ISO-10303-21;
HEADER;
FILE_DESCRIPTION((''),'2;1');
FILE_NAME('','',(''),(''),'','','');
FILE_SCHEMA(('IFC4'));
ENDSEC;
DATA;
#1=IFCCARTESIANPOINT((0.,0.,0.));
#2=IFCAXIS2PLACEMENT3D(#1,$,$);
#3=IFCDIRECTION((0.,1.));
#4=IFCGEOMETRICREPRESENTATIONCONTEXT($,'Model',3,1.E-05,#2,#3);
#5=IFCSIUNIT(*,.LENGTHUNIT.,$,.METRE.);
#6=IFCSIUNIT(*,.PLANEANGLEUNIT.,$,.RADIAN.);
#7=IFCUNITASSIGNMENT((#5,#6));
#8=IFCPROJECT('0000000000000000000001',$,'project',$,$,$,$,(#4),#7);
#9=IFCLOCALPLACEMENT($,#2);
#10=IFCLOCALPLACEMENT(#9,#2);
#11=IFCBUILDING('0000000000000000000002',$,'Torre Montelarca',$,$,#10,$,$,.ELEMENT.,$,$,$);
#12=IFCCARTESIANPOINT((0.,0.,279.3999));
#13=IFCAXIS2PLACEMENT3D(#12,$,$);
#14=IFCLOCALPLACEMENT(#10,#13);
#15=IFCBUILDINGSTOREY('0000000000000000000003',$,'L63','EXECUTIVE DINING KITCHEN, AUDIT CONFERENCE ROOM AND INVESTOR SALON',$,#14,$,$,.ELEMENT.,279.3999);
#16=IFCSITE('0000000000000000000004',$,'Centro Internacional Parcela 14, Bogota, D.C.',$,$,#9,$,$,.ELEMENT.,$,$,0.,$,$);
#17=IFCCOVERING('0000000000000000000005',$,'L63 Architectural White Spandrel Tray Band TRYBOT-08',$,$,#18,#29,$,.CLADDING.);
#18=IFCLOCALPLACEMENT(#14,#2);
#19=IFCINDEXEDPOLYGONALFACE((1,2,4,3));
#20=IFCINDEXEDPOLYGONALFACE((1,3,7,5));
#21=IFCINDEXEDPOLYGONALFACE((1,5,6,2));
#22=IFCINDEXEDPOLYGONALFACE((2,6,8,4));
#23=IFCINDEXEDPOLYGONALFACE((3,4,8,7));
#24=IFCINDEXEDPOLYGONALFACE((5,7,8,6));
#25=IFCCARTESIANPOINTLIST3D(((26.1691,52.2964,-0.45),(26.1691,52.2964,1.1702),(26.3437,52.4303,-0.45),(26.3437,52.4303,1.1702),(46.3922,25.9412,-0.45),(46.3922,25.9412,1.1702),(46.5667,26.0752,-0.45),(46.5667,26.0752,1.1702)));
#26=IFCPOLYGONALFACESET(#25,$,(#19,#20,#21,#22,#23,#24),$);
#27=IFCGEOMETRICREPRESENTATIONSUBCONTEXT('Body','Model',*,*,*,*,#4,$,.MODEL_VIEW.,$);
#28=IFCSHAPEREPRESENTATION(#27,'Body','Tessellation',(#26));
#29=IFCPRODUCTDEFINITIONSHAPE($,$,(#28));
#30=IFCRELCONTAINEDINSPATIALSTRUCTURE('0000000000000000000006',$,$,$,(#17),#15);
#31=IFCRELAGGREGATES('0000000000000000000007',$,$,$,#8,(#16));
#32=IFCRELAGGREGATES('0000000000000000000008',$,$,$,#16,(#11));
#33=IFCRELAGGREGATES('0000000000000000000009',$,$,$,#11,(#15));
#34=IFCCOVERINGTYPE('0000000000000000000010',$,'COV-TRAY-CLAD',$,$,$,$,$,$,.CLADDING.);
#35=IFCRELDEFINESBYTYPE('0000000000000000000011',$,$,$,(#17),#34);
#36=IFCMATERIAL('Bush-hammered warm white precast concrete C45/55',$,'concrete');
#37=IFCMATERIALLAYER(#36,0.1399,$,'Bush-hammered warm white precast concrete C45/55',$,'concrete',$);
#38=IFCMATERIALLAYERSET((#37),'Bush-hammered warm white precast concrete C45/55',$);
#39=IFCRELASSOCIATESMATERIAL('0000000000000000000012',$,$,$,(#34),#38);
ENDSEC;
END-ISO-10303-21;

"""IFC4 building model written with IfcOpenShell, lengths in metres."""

from ifc_helpers import new_model, si_unit, direction, frame, origin, origin_2d, place, context, subcontext, project, spatial, rectangle, extrude, source, transform, mapped, material, layer, layer_set, type_object, element, save


model = new_model("IFC4")

# Units and contexts
model_context = context("Model", 3, precision=1e-05, world=origin(), true_north=direction((0.0, 1.0)))
body_context = subcontext(model_context, "Body", "Model", "MODEL_VIEW")
ifc_project = project(units=[si_unit("LENGTHUNIT", "METRE"), si_unit("PLANEANGLEUNIT", "RADIAN")], contexts=[model_context])

# Site, building, storey
site_placement = place(None, origin())
site = spatial("IfcSite", under=ifc_project, at=site_placement, Name="Centro Internacional Parcela 14, Bogota, D.C.", CompositionType="ELEMENT", RefElevation=0.0)
building_placement = place(site_placement, origin())
building = spatial("IfcBuilding", under=site, at=building_placement, Name="Torre Montelarca", CompositionType="ELEMENT")
storey_placement = place(building_placement, frame((0.0, 0.0, 279.3999)))
storey = spatial("IfcBuildingStorey", under=building, at=storey_placement, Name="L63", Description="EXECUTIVE DINING KITCHEN, AUDIT CONFERENCE ROOM AND INVESTOR SALON", CompositionType="ELEMENT", Elevation=279.3999)

# Covering
ifc_material_1 = material(Name="Bush-hammered warm white precast concrete C45/55", Category="concrete")
ifc_layer_1 = layer(ifc_material_1, 0.1399, Name="Bush-hammered warm white precast concrete C45/55", Category="concrete")
ifc_layer_set_1 = layer_set([ifc_layer_1], Name="Bush-hammered warm white precast concrete C45/55")
covering_type = type_object("IfcCoveringType", Name="COV-TRAY-CLAD", PredefinedType="CLADDING", material=ifc_layer_set_1)
shared_shape_1 = source(origin(), body_context, "Body", "SweptSolid", [
    extrude(rectangle(XDim=33.22, YDim=0.22, at=origin_2d()), origin(), (0.0, 0.0, 1.0), 1.6201),
])
covering_1_placement = place(storey_placement, frame((36.3679, 39.1858, -0.45), z_axis=(0.0, 0.0, 1.0), x_axis=(-0.608761, 0.793353, 0.0)))
element("IfcCovering", 1, at=covering_1_placement, inside=storey, type_object=covering_type, Name="L63 Architectural White Spandrel Tray Band TRYBOT-08", PredefinedType="CLADDING", context=body_context, shape_type="MappedRepresentation", body=[
    mapped(shared_shape_1, transform((0.0, 0.0, 0.0), scale=1.0)),
])

save(model, "model.ifc")
